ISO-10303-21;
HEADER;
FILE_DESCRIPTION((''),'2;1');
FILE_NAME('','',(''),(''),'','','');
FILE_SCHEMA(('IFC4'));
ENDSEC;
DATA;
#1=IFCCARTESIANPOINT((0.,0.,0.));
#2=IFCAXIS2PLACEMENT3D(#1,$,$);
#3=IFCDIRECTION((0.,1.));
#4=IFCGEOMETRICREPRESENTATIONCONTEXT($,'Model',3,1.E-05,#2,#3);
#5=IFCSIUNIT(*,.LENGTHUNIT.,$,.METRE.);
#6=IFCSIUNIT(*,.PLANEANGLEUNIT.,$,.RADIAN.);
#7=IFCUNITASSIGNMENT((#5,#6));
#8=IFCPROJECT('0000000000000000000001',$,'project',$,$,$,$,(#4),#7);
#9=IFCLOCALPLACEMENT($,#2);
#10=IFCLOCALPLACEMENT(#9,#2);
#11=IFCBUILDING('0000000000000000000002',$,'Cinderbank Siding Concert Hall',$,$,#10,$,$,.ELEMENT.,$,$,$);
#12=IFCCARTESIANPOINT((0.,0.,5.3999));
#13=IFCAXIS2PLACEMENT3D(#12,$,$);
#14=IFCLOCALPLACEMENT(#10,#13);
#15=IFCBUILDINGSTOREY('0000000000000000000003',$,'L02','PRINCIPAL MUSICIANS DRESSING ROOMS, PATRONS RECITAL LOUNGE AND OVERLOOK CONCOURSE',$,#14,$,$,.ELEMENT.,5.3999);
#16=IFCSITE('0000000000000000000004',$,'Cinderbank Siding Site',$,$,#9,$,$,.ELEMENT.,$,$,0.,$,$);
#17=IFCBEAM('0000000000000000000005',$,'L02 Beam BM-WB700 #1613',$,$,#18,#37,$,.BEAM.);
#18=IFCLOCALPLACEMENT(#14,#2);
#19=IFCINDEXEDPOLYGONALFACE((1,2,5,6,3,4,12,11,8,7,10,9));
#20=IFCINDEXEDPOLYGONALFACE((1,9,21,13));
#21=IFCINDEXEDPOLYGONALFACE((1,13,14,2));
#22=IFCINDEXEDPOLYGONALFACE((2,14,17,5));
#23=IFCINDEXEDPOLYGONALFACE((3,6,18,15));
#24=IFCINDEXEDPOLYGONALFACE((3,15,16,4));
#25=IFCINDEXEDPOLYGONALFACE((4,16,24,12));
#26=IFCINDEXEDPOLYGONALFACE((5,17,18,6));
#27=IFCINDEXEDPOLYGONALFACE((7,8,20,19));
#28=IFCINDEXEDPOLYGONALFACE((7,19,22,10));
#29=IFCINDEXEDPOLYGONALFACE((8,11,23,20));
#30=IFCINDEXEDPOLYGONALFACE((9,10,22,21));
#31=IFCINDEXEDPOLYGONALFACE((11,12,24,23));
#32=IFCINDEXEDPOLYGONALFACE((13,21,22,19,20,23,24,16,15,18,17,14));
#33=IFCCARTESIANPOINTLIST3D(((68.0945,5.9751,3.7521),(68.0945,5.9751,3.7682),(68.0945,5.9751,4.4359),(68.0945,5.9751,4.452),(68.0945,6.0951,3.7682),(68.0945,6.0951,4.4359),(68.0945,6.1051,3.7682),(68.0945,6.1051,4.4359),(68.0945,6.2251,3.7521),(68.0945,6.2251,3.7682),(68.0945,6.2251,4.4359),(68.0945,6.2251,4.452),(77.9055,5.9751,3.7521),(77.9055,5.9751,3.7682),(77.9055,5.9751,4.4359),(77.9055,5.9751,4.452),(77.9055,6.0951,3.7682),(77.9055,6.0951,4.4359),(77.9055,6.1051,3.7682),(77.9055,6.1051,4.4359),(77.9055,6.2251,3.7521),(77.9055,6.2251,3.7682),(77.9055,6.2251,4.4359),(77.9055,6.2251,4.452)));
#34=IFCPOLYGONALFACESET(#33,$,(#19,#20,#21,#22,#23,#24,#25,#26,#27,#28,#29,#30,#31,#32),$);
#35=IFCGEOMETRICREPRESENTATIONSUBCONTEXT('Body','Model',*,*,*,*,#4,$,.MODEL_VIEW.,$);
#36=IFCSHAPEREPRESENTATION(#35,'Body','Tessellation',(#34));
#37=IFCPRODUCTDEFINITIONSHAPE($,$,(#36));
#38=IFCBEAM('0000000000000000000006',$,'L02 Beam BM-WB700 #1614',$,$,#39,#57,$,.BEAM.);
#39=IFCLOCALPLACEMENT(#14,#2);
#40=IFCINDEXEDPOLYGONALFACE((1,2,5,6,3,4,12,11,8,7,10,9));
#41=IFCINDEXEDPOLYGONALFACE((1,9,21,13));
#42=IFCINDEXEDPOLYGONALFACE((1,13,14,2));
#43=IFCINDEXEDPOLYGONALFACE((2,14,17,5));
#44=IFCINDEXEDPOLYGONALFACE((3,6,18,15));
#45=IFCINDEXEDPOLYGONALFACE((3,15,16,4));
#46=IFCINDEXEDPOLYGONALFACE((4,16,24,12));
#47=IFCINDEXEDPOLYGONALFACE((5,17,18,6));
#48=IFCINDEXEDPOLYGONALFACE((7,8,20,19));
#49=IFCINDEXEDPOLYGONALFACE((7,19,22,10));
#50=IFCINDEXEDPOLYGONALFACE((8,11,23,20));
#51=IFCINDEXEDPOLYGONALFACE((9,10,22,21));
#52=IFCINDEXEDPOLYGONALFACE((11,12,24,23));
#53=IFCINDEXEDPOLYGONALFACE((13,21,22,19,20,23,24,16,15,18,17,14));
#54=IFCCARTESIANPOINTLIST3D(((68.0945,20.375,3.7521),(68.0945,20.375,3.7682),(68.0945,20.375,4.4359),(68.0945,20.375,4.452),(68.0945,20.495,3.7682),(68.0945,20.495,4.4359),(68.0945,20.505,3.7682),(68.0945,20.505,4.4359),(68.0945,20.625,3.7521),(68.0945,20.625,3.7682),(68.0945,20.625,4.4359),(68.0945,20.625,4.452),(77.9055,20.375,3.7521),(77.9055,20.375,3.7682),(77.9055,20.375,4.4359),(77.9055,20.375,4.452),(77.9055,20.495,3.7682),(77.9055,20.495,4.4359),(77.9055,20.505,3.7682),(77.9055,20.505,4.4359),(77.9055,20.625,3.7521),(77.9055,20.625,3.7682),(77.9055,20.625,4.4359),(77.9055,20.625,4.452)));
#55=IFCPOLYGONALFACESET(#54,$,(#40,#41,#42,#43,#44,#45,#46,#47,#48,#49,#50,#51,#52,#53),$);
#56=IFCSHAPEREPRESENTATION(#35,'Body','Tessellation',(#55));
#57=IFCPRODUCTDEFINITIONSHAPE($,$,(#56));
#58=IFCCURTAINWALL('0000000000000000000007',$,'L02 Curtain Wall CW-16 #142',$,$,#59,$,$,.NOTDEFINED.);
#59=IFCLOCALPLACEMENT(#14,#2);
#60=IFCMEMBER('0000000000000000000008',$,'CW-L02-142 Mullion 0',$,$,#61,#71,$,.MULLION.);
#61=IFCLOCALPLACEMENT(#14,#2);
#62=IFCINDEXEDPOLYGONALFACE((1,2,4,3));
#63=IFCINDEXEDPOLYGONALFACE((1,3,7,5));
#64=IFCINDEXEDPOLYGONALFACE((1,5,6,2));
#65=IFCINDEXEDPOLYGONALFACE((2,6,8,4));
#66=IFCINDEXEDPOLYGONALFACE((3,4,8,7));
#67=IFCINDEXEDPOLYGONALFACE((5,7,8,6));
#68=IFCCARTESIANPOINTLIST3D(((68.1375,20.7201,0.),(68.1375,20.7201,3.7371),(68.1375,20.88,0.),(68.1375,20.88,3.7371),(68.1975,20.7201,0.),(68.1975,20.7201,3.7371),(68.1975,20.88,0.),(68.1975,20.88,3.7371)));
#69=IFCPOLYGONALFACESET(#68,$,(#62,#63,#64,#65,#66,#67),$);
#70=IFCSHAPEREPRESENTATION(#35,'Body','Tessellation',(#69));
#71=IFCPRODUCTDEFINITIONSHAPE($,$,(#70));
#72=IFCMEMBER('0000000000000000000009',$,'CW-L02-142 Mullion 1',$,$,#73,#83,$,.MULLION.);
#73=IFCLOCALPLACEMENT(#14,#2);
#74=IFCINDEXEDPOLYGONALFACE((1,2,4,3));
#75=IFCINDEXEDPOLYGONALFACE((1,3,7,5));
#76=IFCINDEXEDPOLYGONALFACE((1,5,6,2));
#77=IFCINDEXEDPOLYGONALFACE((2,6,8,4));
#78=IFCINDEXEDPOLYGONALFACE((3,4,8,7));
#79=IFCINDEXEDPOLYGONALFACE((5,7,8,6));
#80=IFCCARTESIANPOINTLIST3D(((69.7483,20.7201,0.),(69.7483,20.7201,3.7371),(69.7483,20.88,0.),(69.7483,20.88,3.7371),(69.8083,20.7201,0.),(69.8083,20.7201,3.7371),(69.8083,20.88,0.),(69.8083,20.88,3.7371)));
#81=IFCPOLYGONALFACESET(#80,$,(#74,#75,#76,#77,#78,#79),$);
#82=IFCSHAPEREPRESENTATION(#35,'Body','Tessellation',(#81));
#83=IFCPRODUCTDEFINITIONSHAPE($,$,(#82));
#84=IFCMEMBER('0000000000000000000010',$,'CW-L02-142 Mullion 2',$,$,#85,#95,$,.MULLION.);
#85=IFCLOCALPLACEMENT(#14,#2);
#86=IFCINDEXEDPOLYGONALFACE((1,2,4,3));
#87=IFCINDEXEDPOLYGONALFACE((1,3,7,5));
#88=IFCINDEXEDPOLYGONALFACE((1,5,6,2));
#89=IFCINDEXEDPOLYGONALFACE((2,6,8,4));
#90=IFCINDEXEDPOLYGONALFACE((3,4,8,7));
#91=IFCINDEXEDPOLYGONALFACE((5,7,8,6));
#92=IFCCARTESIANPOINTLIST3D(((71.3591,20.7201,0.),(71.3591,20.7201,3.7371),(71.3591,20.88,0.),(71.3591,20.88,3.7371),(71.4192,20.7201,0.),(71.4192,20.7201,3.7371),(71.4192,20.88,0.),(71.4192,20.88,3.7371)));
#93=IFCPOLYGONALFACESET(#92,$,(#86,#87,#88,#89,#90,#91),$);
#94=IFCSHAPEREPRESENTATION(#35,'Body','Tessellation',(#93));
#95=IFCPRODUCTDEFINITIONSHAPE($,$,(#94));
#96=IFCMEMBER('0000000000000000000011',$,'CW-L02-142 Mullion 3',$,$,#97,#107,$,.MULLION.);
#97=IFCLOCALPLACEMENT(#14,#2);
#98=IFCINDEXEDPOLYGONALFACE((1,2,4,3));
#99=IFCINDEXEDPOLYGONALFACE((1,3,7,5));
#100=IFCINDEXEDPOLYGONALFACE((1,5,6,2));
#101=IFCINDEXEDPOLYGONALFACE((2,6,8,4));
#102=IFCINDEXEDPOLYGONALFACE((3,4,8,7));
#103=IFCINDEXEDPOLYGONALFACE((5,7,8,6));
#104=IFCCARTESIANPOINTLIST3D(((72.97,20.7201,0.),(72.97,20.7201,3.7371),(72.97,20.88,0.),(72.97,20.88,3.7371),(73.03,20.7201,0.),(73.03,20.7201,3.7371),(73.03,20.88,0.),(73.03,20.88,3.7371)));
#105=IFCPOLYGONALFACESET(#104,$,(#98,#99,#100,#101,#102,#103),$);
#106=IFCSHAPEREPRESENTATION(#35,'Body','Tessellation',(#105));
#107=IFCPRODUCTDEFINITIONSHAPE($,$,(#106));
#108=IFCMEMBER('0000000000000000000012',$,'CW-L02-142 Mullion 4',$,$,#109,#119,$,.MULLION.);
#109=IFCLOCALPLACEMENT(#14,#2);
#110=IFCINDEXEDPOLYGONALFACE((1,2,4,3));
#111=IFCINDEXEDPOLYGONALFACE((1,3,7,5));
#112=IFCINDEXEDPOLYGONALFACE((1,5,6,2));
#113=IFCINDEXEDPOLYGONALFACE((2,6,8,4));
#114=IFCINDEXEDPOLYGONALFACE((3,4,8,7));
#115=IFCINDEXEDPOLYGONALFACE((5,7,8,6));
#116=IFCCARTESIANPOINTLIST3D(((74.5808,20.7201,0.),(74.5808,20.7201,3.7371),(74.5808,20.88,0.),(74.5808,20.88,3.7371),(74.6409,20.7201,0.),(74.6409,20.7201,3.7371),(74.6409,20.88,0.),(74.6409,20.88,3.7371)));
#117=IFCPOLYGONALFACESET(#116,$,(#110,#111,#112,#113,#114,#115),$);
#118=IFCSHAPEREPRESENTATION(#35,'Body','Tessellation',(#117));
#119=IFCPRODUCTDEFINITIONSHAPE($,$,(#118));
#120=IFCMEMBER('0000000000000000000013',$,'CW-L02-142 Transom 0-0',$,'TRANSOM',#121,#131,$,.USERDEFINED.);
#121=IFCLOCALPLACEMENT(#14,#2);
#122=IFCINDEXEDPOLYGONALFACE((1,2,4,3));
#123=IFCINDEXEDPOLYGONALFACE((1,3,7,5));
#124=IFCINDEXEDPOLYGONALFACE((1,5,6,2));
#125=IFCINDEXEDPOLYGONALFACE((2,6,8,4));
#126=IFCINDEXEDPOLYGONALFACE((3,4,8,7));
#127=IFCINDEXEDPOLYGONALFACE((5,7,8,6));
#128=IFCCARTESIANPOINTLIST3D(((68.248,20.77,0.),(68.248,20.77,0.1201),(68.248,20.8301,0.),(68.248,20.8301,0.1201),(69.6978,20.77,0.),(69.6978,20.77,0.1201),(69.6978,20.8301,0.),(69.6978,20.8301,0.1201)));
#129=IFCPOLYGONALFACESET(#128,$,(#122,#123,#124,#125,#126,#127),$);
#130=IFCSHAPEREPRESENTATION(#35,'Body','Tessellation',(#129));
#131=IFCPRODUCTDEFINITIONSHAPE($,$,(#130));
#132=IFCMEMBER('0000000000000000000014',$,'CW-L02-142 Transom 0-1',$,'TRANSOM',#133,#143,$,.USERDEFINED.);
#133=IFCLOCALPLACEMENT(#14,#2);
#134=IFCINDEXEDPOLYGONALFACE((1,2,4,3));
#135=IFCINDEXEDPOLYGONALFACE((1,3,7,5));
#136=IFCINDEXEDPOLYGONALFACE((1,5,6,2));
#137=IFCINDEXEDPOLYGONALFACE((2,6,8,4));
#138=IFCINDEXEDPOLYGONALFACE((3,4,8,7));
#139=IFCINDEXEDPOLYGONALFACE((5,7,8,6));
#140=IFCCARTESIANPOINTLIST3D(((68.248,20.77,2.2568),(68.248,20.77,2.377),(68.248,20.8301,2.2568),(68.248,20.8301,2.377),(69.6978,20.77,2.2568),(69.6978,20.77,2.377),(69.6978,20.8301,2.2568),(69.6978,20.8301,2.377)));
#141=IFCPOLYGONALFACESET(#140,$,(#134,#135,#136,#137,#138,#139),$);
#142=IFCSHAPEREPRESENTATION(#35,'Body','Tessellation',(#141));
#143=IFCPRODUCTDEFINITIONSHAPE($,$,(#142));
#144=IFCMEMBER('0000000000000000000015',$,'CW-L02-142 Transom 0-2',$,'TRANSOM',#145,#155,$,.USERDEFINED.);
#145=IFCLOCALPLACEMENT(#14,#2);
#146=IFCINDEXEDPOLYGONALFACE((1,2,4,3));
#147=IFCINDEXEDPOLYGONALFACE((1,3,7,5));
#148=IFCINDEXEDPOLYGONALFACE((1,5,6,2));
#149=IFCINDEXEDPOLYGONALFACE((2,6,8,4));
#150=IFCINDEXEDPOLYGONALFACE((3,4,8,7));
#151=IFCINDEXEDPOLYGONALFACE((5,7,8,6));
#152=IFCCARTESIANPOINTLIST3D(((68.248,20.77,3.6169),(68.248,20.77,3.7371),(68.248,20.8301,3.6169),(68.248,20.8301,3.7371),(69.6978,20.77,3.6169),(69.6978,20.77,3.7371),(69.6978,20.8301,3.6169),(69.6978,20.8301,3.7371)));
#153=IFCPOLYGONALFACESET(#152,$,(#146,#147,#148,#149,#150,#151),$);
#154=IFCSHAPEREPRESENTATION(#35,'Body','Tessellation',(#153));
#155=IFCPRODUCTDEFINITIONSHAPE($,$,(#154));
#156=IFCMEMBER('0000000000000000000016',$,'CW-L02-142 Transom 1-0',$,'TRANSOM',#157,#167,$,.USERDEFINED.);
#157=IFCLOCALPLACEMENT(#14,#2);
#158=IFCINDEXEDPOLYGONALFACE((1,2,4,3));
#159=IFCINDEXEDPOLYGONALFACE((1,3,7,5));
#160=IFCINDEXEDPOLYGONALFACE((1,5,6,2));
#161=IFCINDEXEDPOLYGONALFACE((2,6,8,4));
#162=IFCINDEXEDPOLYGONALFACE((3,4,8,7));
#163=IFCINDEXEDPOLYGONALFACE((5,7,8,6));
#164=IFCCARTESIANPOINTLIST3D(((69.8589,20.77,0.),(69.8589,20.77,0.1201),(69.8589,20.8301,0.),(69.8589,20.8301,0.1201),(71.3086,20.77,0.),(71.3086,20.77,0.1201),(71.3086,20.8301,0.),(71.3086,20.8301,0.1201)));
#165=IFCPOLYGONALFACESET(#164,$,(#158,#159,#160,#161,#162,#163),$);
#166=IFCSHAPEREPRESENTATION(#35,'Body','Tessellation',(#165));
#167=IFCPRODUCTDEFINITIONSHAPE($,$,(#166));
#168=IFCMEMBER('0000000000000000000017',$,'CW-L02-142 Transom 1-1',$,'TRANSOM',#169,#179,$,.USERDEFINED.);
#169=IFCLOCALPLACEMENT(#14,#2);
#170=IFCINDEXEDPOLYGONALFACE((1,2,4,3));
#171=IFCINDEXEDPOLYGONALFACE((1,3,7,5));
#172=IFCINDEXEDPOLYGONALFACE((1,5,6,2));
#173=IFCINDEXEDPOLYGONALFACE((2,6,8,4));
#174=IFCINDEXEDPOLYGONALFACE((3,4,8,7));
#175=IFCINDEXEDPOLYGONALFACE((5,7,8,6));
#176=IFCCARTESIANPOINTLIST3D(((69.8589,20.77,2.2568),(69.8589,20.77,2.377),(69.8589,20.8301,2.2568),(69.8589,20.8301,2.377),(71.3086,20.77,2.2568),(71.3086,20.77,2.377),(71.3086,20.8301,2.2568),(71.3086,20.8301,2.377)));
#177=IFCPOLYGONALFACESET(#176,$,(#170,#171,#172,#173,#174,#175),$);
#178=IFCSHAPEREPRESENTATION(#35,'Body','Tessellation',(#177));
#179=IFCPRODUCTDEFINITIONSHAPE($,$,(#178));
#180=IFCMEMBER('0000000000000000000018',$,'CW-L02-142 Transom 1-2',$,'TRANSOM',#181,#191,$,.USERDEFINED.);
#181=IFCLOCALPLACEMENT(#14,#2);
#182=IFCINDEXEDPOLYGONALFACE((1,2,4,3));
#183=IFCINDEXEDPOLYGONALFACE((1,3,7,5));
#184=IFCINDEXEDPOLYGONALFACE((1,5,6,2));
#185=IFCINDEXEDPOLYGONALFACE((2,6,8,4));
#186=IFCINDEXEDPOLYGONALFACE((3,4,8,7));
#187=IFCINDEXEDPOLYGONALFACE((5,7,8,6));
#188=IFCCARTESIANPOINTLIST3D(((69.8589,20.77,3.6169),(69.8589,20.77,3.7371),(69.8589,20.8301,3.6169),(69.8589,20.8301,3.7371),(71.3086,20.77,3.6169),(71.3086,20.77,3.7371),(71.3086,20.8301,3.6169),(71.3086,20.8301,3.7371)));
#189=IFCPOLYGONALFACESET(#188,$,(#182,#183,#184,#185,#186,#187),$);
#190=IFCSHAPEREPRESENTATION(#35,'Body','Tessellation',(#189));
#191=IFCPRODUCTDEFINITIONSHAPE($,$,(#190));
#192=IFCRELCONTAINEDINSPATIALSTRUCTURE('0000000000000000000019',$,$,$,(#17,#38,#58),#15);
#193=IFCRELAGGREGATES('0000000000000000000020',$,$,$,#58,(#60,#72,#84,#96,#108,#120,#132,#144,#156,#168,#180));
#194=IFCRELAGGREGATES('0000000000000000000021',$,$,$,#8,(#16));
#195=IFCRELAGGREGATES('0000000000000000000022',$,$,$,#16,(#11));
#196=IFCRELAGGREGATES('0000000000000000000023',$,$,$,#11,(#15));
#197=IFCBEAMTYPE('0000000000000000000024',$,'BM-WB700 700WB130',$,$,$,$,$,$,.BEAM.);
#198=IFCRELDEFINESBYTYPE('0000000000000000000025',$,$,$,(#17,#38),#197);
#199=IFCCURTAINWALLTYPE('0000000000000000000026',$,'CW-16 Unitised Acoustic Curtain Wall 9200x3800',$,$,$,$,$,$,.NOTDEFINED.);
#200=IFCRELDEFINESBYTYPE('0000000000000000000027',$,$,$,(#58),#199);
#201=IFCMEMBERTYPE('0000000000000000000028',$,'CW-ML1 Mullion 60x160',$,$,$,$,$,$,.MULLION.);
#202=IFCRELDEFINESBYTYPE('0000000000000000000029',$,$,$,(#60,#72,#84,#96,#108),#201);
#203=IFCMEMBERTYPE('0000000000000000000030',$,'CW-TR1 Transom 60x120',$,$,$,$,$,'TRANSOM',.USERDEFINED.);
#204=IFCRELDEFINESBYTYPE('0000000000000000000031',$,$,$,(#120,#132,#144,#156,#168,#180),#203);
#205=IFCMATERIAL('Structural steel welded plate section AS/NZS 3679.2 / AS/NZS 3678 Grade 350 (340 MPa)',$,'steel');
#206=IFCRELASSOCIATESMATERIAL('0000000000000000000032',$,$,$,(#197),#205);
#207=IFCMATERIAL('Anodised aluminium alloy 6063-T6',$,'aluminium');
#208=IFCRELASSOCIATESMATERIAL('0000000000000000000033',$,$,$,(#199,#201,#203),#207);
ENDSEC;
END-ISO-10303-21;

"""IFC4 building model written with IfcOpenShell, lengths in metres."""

from ifc_helpers import new_model, si_unit, direction, frame, origin, origin_2d, place, context, subcontext, project, spatial, rectangle, i_section, extrude, material, material_profile, profile_set, type_object, element, aggregate, save


model = new_model("IFC4")

# Units and contexts
model_context = context("Model", 3, precision=1e-05, world=origin(), true_north=direction((0.0, 1.0)))
body_context = subcontext(model_context, "Body", "Model", "MODEL_VIEW")
ifc_project = project(units=[si_unit("LENGTHUNIT", "METRE"), si_unit("PLANEANGLEUNIT", "RADIAN")], contexts=[model_context])

# Site, building, storey
site_placement = place(None, origin())
site = spatial("IfcSite", under=ifc_project, at=site_placement, Name="Cinderbank Siding Site", CompositionType="ELEMENT", RefElevation=0.0)
building_placement = place(site_placement, origin())
building = spatial("IfcBuilding", under=site, at=building_placement, Name="Cinderbank Siding Concert Hall", CompositionType="ELEMENT")
storey_placement = place(building_placement, frame((0.0, 0.0, 5.3999)))
storey = spatial("IfcBuildingStorey", under=building, at=storey_placement, Name="L02", Description="PRINCIPAL MUSICIANS DRESSING ROOMS, PATRONS RECITAL LOUNGE AND OVERLOOK CONCOURSE", CompositionType="ELEMENT", Elevation=5.3999)

# Beams
ifc_material_1 = material(Name="Structural steel welded plate section AS/NZS 3679.2 / AS/NZS 3678 Grade 350 (340 MPa)", Category="steel")
ifc_material_profile_1 = material_profile(ifc_material_1, i_section(OverallWidth=0.25, OverallDepth=0.7, WebThickness=0.01, FlangeThickness=0.0161, at=origin_2d()), Name="700WB130", Category="LoadBearing")
ifc_profile_set_1 = profile_set([ifc_material_profile_1], Name="Structural steel welded plate section AS/NZS 3679.2 / AS/NZS 3678 Grade 350 (340 MPa)")
beam_type = type_object("IfcBeamType", Name="BM-WB700 700WB130", PredefinedType="BEAM", material=ifc_profile_set_1)
for number, where, z_axis, x_axis, name in (
    (1, (68.0945, 6.1001, 4.1021), (1.0, 0.0, 0.0), (0.0, 1.0, 0.0), "L02 Beam BM-WB700 #1613"),
    (2, (68.0945, 20.5, 4.1021), (1.0, 0.0, 0.0), (0.0, 1.0, 0.0), "L02 Beam BM-WB700 #1614"),
):
    element("IfcBeam", number, at=place(storey_placement, frame(where, z_axis=z_axis, x_axis=x_axis)), inside=storey, type_object=beam_type, Name=name, PredefinedType="BEAM", context=body_context, shape_type="SweptSolid", body=[
        extrude(i_section(OverallWidth=0.25, OverallDepth=0.7, WebThickness=0.01, FlangeThickness=0.0161, at=origin_2d()), origin(), (0.0, 0.0, 1.0), 9.811),
    ])

# Curtain wall, members
ifc_material_2 = material(Name="Anodised aluminium alloy 6063-T6", Category="aluminium")
curtain_wall_type = type_object("IfcCurtainWallType", Name="CW-16 Unitised Acoustic Curtain Wall 9200x3800", PredefinedType="NOTDEFINED", material=ifc_material_2)
curtain_wall_placement = place(storey_placement, origin())
curtain_wall = element("IfcCurtainWall", 3, at=curtain_wall_placement, inside=storey, type_object=curtain_wall_type, Name="L02 Curtain Wall CW-16 #142", PredefinedType="NOTDEFINED")
ifc_material_profile_2 = material_profile(ifc_material_2, rectangle(XDim=0.0601, YDim=0.1599, at=origin_2d()), Name="ALU-MULL-60x160", Category="LoadBearing")
ifc_profile_set_2 = profile_set([ifc_material_profile_2], Name="Anodised aluminium alloy 6063-T6")
member_type_1 = type_object("IfcMemberType", Name="CW-ML1 Mullion 60x160", PredefinedType="MULLION", material=ifc_profile_set_2)
member_1_placement = place(storey_placement, frame((68.1675, 20.8, 0.0), z_axis=(0.0, 0.0, 1.0), x_axis=(1.0, 0.0, 0.0)))
member_1 = element("IfcMember", 4, at=member_1_placement, type_object=member_type_1, Name="CW-L02-142 Mullion 0", PredefinedType="MULLION", context=body_context, shape_type="SweptSolid", body=[
    extrude(rectangle(XDim=0.0601, YDim=0.1599, at=origin_2d()), origin(), (0.0, 0.0, 1.0), 3.7371),
])
member_2_placement = place(storey_placement, frame((69.7783, 20.8, 0.0), z_axis=(0.0, 0.0, 1.0), x_axis=(1.0, 0.0, 0.0)))
member_2 = element("IfcMember", 5, at=member_2_placement, type_object=member_type_1, Name="CW-L02-142 Mullion 1", PredefinedType="MULLION", context=body_context, shape_type="SweptSolid", body=[
    extrude(rectangle(XDim=0.0601, YDim=0.1599, at=origin_2d()), origin(), (0.0, 0.0, 1.0), 3.7371),
])
member_3_placement = place(storey_placement, frame((71.3892, 20.8, 0.0), z_axis=(0.0, 0.0, 1.0), x_axis=(1.0, 0.0, 0.0)))
member_3 = element("IfcMember", 6, at=member_3_placement, type_object=member_type_1, Name="CW-L02-142 Mullion 2", PredefinedType="MULLION", context=body_context, shape_type="SweptSolid", body=[
    extrude(rectangle(XDim=0.0601, YDim=0.1599, at=origin_2d()), origin(), (0.0, 0.0, 1.0), 3.7371),
])
member_4_placement = place(storey_placement, frame((73.0, 20.8, 0.0), z_axis=(0.0, 0.0, 1.0), x_axis=(1.0, 0.0, 0.0)))
member_4 = element("IfcMember", 7, at=member_4_placement, type_object=member_type_1, Name="CW-L02-142 Mullion 3", PredefinedType="MULLION", context=body_context, shape_type="SweptSolid", body=[
    extrude(rectangle(XDim=0.0601, YDim=0.1599, at=origin_2d()), origin(), (0.0, 0.0, 1.0), 3.7371),
])
member_5_placement = place(storey_placement, frame((74.6108, 20.8, 0.0), z_axis=(0.0, 0.0, 1.0), x_axis=(1.0, 0.0, 0.0)))
member_5 = element("IfcMember", 8, at=member_5_placement, type_object=member_type_1, Name="CW-L02-142 Mullion 4", PredefinedType="MULLION", context=body_context, shape_type="SweptSolid", body=[
    extrude(rectangle(XDim=0.0601, YDim=0.1599, at=origin_2d()), origin(), (0.0, 0.0, 1.0), 3.7371),
])
ifc_material_profile_3 = material_profile(ifc_material_2, rectangle(XDim=0.0601, YDim=0.1201, at=origin_2d()), Name="ALU-TRAN-60x120", Category="LoadBearing")
ifc_profile_set_3 = profile_set([ifc_material_profile_3], Name="Anodised aluminium alloy 6063-T6")
member_type_2 = type_object("IfcMemberType", Name="CW-TR1 Transom 60x120", ElementType="TRANSOM", PredefinedType="USERDEFINED", material=ifc_profile_set_3)
member_6_placement = place(storey_placement, frame((68.248, 20.8, 0.0601), z_axis=(1.0, 0.0, 0.0), x_axis=(0.0, 1.0, 0.0)))
member_6 = element("IfcMember", 9, at=member_6_placement, type_object=member_type_2, Name="CW-L02-142 Transom 0-0", ObjectType="TRANSOM", PredefinedType="USERDEFINED", context=body_context, shape_type="SweptSolid", body=[
    extrude(rectangle(XDim=0.0601, YDim=0.1201, at=origin_2d()), origin(), (0.0, 0.0, 1.0), 1.4497),
])
member_7_placement = place(storey_placement, frame((68.248, 20.8, 2.3169), z_axis=(1.0, 0.0, 0.0), x_axis=(0.0, 1.0, 0.0)))
member_7 = element("IfcMember", 10, at=member_7_placement, type_object=member_type_2, Name="CW-L02-142 Transom 0-1", ObjectType="TRANSOM", PredefinedType="USERDEFINED", context=body_context, shape_type="SweptSolid", body=[
    extrude(rectangle(XDim=0.0601, YDim=0.1201, at=origin_2d()), origin(), (0.0, 0.0, 1.0), 1.4497),
])
member_8_placement = place(storey_placement, frame((68.248, 20.8, 3.677), z_axis=(1.0, 0.0, 0.0), x_axis=(0.0, 1.0, 0.0)))
member_8 = element("IfcMember", 11, at=member_8_placement, type_object=member_type_2, Name="CW-L02-142 Transom 0-2", ObjectType="TRANSOM", PredefinedType="USERDEFINED", context=body_context, shape_type="SweptSolid", body=[
    extrude(rectangle(XDim=0.0601, YDim=0.1201, at=origin_2d()), origin(), (0.0, 0.0, 1.0), 1.4497),
])
member_9_placement = place(storey_placement, frame((69.8589, 20.8, 0.0601), z_axis=(1.0, 0.0, 0.0), x_axis=(0.0, 1.0, 0.0)))
member_9 = element("IfcMember", 12, at=member_9_placement, type_object=member_type_2, Name="CW-L02-142 Transom 1-0", ObjectType="TRANSOM", PredefinedType="USERDEFINED", context=body_context, shape_type="SweptSolid", body=[
    extrude(rectangle(XDim=0.0601, YDim=0.1201, at=origin_2d()), origin(), (0.0, 0.0, 1.0), 1.4497),
])
member_10_placement = place(storey_placement, frame((69.8589, 20.8, 2.3169), z_axis=(1.0, 0.0, 0.0), x_axis=(0.0, 1.0, 0.0)))
member_10 = element("IfcMember", 13, at=member_10_placement, type_object=member_type_2, Name="CW-L02-142 Transom 1-1", ObjectType="TRANSOM", PredefinedType="USERDEFINED", context=body_context, shape_type="SweptSolid", body=[
    extrude(rectangle(XDim=0.0601, YDim=0.1201, at=origin_2d()), origin(), (0.0, 0.0, 1.0), 1.4497),
])
member_11_placement = place(storey_placement, frame((69.8589, 20.8, 3.677), z_axis=(1.0, 0.0, 0.0), x_axis=(0.0, 1.0, 0.0)))
member_11 = element("IfcMember", 14, at=member_11_placement, type_object=member_type_2, Name="CW-L02-142 Transom 1-2", ObjectType="TRANSOM", PredefinedType="USERDEFINED", context=body_context, shape_type="SweptSolid", body=[
    extrude(rectangle(XDim=0.0601, YDim=0.1201, at=origin_2d()), origin(), (0.0, 0.0, 1.0), 1.4497),
])
aggregate(curtain_wall, [member_1, member_2, member_3, member_4, member_5, member_6, member_7, member_8, member_9, member_10, member_11])

save(model, "model.ifc")
